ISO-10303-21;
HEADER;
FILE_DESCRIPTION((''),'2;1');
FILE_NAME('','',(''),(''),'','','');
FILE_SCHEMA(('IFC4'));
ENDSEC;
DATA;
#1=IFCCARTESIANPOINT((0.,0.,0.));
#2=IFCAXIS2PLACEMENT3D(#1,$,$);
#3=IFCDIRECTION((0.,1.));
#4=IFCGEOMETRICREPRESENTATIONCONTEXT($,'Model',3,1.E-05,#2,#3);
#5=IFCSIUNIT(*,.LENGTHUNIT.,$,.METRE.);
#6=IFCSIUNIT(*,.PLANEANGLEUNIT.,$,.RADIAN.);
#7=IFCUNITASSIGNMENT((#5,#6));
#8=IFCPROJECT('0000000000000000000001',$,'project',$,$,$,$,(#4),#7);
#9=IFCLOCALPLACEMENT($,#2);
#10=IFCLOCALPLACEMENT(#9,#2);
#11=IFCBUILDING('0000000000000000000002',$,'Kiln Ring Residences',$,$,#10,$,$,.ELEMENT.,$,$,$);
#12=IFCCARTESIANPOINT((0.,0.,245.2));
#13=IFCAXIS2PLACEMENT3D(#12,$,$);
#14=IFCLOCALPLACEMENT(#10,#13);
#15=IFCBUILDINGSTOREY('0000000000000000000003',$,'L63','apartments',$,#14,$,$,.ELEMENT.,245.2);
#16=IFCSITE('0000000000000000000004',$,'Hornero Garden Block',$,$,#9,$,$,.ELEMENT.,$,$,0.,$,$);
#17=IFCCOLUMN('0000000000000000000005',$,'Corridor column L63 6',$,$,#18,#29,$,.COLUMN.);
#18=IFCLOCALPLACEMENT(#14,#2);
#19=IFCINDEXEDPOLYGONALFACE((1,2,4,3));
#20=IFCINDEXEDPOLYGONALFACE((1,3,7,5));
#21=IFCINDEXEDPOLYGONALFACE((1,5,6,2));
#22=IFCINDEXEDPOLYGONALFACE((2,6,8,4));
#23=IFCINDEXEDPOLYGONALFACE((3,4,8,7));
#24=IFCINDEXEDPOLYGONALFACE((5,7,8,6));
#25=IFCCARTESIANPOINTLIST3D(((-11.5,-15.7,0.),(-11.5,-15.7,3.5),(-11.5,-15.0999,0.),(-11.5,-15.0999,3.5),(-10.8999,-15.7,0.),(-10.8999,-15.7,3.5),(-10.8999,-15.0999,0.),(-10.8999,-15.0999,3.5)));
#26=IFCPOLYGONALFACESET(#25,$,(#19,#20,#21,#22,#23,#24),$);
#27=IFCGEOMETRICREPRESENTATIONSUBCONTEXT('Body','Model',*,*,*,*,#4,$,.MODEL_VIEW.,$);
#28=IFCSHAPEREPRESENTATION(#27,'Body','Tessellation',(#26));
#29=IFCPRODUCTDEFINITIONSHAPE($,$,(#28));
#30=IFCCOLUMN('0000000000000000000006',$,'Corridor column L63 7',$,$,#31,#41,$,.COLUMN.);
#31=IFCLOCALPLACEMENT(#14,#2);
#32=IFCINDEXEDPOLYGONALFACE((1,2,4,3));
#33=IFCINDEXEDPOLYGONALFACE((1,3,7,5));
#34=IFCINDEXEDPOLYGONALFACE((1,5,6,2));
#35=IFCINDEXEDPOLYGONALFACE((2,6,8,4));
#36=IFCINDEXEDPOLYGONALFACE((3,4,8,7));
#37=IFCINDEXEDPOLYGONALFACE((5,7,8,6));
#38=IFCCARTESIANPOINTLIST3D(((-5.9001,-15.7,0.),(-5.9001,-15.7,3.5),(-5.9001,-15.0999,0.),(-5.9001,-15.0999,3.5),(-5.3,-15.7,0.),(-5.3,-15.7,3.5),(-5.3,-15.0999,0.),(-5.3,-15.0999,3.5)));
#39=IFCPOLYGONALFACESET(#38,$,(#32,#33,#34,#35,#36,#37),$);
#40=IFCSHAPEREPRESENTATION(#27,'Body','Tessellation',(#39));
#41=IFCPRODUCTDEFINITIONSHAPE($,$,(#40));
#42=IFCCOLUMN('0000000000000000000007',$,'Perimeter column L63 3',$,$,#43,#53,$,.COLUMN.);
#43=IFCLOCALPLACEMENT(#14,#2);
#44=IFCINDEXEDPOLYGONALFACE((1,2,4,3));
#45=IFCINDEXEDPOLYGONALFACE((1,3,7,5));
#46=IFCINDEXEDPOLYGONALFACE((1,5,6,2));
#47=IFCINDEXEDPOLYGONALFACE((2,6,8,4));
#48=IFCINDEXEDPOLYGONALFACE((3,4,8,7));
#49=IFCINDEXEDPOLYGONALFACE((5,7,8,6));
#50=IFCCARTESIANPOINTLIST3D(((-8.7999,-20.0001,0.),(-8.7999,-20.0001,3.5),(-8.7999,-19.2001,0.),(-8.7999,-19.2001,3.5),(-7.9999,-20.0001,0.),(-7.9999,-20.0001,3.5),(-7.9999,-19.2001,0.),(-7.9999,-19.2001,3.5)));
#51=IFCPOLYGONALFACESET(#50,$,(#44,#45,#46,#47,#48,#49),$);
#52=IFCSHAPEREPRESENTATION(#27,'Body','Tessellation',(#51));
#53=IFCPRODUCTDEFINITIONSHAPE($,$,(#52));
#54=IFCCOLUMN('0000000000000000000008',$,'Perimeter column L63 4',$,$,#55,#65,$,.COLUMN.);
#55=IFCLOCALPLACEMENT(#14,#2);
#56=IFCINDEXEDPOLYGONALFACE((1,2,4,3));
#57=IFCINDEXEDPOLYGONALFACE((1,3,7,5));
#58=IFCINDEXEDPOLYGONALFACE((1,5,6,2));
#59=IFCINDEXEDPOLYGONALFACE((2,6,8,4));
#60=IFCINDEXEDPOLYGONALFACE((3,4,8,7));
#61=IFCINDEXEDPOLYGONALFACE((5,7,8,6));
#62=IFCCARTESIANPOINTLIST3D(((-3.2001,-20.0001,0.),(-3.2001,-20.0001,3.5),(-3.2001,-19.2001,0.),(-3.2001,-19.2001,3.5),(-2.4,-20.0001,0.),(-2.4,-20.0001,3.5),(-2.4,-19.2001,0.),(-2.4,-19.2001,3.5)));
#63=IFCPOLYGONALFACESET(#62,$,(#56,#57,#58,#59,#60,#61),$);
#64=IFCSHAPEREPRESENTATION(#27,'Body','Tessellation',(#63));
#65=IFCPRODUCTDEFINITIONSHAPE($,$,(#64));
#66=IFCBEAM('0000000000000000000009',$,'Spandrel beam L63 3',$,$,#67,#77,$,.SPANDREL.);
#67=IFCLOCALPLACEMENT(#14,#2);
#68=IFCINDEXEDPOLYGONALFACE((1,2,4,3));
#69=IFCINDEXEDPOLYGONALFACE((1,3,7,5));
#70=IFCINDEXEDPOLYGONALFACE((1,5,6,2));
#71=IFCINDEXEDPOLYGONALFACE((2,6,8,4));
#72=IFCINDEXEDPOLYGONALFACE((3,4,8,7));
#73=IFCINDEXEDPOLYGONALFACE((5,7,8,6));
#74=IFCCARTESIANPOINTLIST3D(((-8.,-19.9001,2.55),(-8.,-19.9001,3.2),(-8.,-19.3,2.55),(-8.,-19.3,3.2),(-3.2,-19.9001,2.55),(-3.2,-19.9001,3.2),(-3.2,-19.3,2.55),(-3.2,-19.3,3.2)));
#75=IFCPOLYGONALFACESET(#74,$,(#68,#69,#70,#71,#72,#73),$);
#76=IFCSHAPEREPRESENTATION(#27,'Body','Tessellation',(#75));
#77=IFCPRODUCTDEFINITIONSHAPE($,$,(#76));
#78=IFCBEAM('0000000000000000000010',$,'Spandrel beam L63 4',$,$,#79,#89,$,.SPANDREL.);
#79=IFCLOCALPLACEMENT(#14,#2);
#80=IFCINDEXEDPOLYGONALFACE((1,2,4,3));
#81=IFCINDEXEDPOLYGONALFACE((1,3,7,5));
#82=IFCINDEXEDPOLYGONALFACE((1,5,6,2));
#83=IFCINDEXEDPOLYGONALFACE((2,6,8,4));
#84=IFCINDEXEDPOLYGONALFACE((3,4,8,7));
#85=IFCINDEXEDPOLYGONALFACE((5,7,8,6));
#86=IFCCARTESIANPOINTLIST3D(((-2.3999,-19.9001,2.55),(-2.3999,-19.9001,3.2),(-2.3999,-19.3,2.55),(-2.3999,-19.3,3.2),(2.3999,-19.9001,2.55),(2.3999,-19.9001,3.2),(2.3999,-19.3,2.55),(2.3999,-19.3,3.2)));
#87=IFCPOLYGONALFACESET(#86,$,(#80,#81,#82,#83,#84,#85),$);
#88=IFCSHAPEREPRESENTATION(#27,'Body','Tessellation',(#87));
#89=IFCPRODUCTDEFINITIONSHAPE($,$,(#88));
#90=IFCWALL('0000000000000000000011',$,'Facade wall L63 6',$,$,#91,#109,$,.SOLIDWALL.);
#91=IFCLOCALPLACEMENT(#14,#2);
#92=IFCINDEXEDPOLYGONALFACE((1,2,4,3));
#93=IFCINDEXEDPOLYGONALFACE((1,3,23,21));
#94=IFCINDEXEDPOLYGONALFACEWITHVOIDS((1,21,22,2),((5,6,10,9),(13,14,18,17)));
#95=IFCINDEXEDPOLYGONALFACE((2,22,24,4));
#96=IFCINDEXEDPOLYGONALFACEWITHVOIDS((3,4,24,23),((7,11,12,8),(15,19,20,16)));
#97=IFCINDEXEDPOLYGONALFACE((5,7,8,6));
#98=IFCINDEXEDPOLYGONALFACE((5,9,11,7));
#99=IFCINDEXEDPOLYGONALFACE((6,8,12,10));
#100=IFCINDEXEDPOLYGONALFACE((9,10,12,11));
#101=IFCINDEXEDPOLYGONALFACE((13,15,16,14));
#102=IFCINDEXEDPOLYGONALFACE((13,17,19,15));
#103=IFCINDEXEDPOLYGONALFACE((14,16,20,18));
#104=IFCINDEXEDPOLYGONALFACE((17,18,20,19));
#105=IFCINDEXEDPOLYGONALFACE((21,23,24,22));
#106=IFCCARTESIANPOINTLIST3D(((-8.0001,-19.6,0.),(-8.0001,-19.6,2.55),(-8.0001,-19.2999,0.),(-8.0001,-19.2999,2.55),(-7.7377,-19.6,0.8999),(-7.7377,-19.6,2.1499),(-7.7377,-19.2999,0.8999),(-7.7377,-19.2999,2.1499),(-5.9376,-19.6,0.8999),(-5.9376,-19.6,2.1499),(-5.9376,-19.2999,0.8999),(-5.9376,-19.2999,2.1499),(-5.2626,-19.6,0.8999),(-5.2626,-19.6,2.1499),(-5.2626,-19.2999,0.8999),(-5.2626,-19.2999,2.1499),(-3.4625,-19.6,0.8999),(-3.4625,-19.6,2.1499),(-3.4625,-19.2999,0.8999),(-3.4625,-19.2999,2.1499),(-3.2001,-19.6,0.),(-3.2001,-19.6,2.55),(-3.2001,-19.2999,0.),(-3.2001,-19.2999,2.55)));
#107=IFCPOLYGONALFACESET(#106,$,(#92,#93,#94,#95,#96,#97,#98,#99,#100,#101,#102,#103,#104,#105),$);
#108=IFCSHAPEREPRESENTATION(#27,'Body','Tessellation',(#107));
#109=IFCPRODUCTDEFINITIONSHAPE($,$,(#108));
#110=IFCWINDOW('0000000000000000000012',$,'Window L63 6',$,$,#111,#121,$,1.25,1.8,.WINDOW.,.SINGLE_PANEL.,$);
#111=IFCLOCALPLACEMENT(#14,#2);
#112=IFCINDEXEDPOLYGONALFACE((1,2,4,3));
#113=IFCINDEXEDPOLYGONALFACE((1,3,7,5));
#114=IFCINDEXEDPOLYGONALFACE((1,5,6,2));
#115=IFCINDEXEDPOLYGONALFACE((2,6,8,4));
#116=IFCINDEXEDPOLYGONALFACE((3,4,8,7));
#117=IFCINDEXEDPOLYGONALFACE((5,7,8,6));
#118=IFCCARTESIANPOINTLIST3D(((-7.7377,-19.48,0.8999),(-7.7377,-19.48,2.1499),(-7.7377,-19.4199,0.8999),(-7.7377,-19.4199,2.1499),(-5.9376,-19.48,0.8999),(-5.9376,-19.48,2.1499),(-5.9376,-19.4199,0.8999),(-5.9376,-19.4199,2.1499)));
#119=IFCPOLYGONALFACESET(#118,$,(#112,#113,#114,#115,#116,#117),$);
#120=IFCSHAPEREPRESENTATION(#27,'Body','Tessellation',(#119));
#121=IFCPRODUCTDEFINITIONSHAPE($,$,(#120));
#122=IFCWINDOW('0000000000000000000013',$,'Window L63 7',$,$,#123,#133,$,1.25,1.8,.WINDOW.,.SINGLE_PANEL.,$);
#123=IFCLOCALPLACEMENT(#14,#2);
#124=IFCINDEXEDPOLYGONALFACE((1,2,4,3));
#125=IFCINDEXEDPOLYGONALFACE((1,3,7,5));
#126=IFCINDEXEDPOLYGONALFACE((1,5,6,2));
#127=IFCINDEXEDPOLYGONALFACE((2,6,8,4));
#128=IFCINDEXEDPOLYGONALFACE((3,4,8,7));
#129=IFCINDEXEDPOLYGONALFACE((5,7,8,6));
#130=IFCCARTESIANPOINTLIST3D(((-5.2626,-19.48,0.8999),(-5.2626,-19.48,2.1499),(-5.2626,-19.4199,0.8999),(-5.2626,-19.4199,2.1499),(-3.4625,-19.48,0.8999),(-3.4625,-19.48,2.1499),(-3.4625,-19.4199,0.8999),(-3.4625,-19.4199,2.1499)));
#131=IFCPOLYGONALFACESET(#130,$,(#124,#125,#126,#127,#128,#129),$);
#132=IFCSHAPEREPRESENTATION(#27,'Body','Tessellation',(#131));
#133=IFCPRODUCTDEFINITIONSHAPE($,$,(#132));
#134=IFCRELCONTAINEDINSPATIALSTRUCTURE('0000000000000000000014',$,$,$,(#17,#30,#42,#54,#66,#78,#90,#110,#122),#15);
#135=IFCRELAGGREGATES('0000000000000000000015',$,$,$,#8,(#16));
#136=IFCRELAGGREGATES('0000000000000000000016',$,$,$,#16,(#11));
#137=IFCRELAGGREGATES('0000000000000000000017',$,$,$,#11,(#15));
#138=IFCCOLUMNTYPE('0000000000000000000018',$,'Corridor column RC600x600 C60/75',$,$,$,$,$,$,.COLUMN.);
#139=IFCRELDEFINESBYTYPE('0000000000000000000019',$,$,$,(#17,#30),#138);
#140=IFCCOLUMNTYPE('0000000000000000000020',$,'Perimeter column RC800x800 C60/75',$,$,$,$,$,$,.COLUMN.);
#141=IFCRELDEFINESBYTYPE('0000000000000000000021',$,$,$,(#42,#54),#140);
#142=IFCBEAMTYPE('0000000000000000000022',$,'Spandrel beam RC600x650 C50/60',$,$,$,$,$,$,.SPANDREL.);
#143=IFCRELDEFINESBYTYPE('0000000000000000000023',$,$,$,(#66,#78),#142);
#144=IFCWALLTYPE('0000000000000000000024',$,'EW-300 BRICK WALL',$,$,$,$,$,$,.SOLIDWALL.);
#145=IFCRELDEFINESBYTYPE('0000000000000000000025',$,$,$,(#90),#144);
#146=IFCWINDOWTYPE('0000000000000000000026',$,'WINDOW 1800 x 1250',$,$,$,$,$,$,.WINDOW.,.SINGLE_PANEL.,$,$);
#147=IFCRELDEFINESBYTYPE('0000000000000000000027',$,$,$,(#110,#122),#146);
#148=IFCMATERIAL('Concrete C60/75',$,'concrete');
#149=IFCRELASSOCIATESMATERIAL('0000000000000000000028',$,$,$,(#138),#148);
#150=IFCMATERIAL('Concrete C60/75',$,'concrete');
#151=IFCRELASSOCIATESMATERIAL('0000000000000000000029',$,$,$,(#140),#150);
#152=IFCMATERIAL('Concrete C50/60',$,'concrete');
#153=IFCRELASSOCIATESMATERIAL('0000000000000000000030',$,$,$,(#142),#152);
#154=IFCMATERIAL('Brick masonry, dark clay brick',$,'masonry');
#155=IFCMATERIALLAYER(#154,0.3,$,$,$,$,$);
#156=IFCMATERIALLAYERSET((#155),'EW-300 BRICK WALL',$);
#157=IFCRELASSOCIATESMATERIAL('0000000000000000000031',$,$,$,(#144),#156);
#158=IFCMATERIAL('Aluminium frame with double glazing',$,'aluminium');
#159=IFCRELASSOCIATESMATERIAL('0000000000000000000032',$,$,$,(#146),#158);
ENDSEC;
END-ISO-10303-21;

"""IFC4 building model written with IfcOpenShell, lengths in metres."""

from ifc_helpers import new_model, si_unit, direction, frame, frame_2d, origin, origin_2d, place, context, subcontext, project, spatial, rectangle, extrude, material, layer, layer_set, material_profile, profile_set, type_object, element, fill, save


model = new_model("IFC4")

# Units and contexts
model_context = context("Model", 3, precision=1e-05, world=origin(), true_north=direction((0.0, 1.0)))
body_context = subcontext(model_context, "Body", "Model", "MODEL_VIEW")
ifc_project = project(units=[si_unit("LENGTHUNIT", "METRE"), si_unit("PLANEANGLEUNIT", "RADIAN")], contexts=[model_context])

# Site, building, storey
site_placement = place(None, origin())
site = spatial("IfcSite", under=ifc_project, at=site_placement, Name="Hornero Garden Block", CompositionType="ELEMENT", RefElevation=0.0)
building_placement = place(site_placement, origin())
building = spatial("IfcBuilding", under=site, at=building_placement, Name="Kiln Ring Residences", CompositionType="ELEMENT")
storey_placement = place(building_placement, frame((0.0, 0.0, 245.2)))
storey = spatial("IfcBuildingStorey", under=building, at=storey_placement, Name="L63", Description="apartments", CompositionType="ELEMENT", Elevation=245.2)

# Columns
ifc_material_1 = material(Name="Concrete C60/75", Category="concrete")
ifc_material_profile_1 = material_profile(ifc_material_1, rectangle(XDim=0.6001, YDim=0.6001, at=origin_2d()), Name="RC600x600")
ifc_profile_set_1 = profile_set([ifc_material_profile_1], Name="Concrete C60/75")
column_type_1 = type_object("IfcColumnType", Name="Corridor column RC600x600 C60/75", PredefinedType="COLUMN", material=ifc_profile_set_1)
for number, where, z_axis, x_axis, name in (
    (1, (-11.2, -15.3999, 0.0), (0.0, 0.0, 1.0), (1.0, 0.0, 0.0), "Corridor column L63 6"),
    (2, (-5.6001, -15.3999, 0.0), (0.0, 0.0, 1.0), (1.0, 0.0, 0.0), "Corridor column L63 7"),
):
    element("IfcColumn", number, at=place(storey_placement, frame(where, z_axis=z_axis, x_axis=x_axis)), inside=storey, type_object=column_type_1, Name=name, PredefinedType="COLUMN", context=body_context, shape_type="SweptSolid", body=[
        extrude(rectangle(XDim=0.6001, YDim=0.6001, at=origin_2d()), origin(), (0.0, 0.0, 1.0), 3.5),
    ])
ifc_material_2 = material(Name="Concrete C60/75", Category="concrete")
ifc_material_profile_2 = material_profile(ifc_material_2, rectangle(XDim=0.8, YDim=0.8, at=origin_2d()), Name="RC800x800")
ifc_profile_set_2 = profile_set([ifc_material_profile_2], Name="Concrete C60/75")
column_type_2 = type_object("IfcColumnType", Name="Perimeter column RC800x800 C60/75", PredefinedType="COLUMN", material=ifc_profile_set_2)
for number, where, z_axis, x_axis, name in (
    (3, (-8.3999, -19.6001, 0.0), (0.0, 0.0, 1.0), (1.0, 0.0, 0.0), "Perimeter column L63 3"),
    (4, (-2.8, -19.6001, 0.0), (0.0, 0.0, 1.0), (1.0, 0.0, 0.0), "Perimeter column L63 4"),
):
    element("IfcColumn", number, at=place(storey_placement, frame(where, z_axis=z_axis, x_axis=x_axis)), inside=storey, type_object=column_type_2, Name=name, PredefinedType="COLUMN", context=body_context, shape_type="SweptSolid", body=[
        extrude(rectangle(XDim=0.8, YDim=0.8, at=origin_2d()), origin(), (0.0, 0.0, 1.0), 3.5),
    ])

# Beams
ifc_material_3 = material(Name="Concrete C50/60", Category="concrete")
ifc_material_profile_3 = material_profile(ifc_material_3, rectangle(XDim=0.6001, YDim=0.6499, at=origin_2d()), Name="RC600x650")
ifc_profile_set_3 = profile_set([ifc_material_profile_3], Name="Concrete C50/60")
beam_type = type_object("IfcBeamType", Name="Spandrel beam RC600x650 C50/60", PredefinedType="SPANDREL", material=ifc_profile_set_3)
beam_1_placement = place(storey_placement, frame((-8.0, -19.6001, 2.875), z_axis=(1.0, 0.0, 0.0), x_axis=(0.0, 1.0, 0.0)))
element("IfcBeam", 5, at=beam_1_placement, inside=storey, type_object=beam_type, Name="Spandrel beam L63 3", PredefinedType="SPANDREL", context=body_context, shape_type="SweptSolid", body=[
    extrude(rectangle(XDim=0.6001, YDim=0.6499, at=origin_2d()), origin(), (0.0, 0.0, 1.0), 4.8),
])
beam_2_placement = place(storey_placement, frame((-2.3999, -19.6001, 2.875), z_axis=(1.0, 0.0, 0.0), x_axis=(0.0, 1.0, 0.0)))
element("IfcBeam", 6, at=beam_2_placement, inside=storey, type_object=beam_type, Name="Spandrel beam L63 4", PredefinedType="SPANDREL", context=body_context, shape_type="SweptSolid", body=[
    extrude(rectangle(XDim=0.6001, YDim=0.6499, at=origin_2d()), origin(), (0.0, 0.0, 1.0), 4.7998),
])

# Wall, openings, windows
ifc_material_4 = material(Name="Brick masonry, dark clay brick", Category="masonry")
ifc_layer_1 = layer(ifc_material_4, 0.3)
ifc_layer_set_1 = layer_set([ifc_layer_1], Name="EW-300 BRICK WALL")
wall_type_1 = type_object("IfcWallType", Name="EW-300 BRICK WALL", PredefinedType="SOLIDWALL", material=ifc_layer_set_1)
wall_1_placement = place(storey_placement, frame((-8.0, -19.45, 0.0), z_axis=(0.0, 0.0, 1.0), x_axis=(1.0, 0.0, 0.0)))
wall_1 = element("IfcWall", 7, at=wall_1_placement, inside=storey, type_object=wall_type_1, Name="Facade wall L63 6", PredefinedType="SOLIDWALL", context=body_context, shape_type="SweptSolid", body=[
    extrude(rectangle(XDim=4.8, YDim=0.3, at=frame_2d((2.3999, 0.0))), origin(), (0.0, 0.0, 1.0), 2.55),
])
opening_1_placement = place(wall_1_placement, frame((0.2625, 0.0, 0.8999)))
opening_1 = element("IfcOpeningElement", 8, at=opening_1_placement, cuts=wall_1, PredefinedType="OPENING", context=body_context, shape_type="SweptSolid", body=[
    extrude(rectangle(XDim=1.8, YDim=1.25, at=frame_2d((0.8999, 0.625))), frame((0.0, 0.1599, 0.0), z_axis=(0.0, -1.0, 0.0), x_axis=(1.0, 0.0, 0.0)), (0.0, 0.0, 1.0), 0.3201),
])
opening_2_placement = place(wall_1_placement, frame((2.7375, 0.0, 0.8999)))
opening_2 = element("IfcOpeningElement", 9, at=opening_2_placement, cuts=wall_1, PredefinedType="OPENING", context=body_context, shape_type="SweptSolid", body=[
    extrude(rectangle(XDim=1.8, YDim=1.25, at=frame_2d((0.8999, 0.625))), frame((0.0, 0.1599, 0.0), z_axis=(0.0, -1.0, 0.0), x_axis=(1.0, 0.0, 0.0)), (0.0, 0.0, 1.0), 0.3201),
])
ifc_material_5 = material(Name="Aluminium frame with double glazing", Category="aluminium")
window_type_1 = type_object("IfcWindowType", Name="WINDOW 1800 x 1250", PartitioningType="SINGLE_PANEL", PredefinedType="WINDOW", material=ifc_material_5)
window_1_placement = place(opening_1_placement, origin())
window_1 = element("IfcWindow", 10, at=window_1_placement, inside=storey, type_object=window_type_1, Name="Window L63 6", OverallHeight=1.25, OverallWidth=1.8, PartitioningType="SINGLE_PANEL", PredefinedType="WINDOW", context=body_context, shape_type="SweptSolid", body=[
    extrude(rectangle(XDim=1.8, YDim=1.25, at=frame_2d((0.8999, 0.625))), frame((0.0, 0.03, 0.0), z_axis=(0.0, -1.0, 0.0), x_axis=(1.0, 0.0, 0.0)), (0.0, 0.0, 1.0), 0.0601),
])
fill(opening_1, window_1)
window_2_placement = place(opening_2_placement, origin())
window_2 = element("IfcWindow", 11, at=window_2_placement, inside=storey, type_object=window_type_1, Name="Window L63 7", OverallHeight=1.25, OverallWidth=1.8, PartitioningType="SINGLE_PANEL", PredefinedType="WINDOW", context=body_context, shape_type="SweptSolid", body=[
    extrude(rectangle(XDim=1.8, YDim=1.25, at=frame_2d((0.8999, 0.625))), frame((0.0, 0.03, 0.0), z_axis=(0.0, -1.0, 0.0), x_axis=(1.0, 0.0, 0.0)), (0.0, 0.0, 1.0), 0.0601),
])
fill(opening_2, window_2)

save(model, "model.ifc")
